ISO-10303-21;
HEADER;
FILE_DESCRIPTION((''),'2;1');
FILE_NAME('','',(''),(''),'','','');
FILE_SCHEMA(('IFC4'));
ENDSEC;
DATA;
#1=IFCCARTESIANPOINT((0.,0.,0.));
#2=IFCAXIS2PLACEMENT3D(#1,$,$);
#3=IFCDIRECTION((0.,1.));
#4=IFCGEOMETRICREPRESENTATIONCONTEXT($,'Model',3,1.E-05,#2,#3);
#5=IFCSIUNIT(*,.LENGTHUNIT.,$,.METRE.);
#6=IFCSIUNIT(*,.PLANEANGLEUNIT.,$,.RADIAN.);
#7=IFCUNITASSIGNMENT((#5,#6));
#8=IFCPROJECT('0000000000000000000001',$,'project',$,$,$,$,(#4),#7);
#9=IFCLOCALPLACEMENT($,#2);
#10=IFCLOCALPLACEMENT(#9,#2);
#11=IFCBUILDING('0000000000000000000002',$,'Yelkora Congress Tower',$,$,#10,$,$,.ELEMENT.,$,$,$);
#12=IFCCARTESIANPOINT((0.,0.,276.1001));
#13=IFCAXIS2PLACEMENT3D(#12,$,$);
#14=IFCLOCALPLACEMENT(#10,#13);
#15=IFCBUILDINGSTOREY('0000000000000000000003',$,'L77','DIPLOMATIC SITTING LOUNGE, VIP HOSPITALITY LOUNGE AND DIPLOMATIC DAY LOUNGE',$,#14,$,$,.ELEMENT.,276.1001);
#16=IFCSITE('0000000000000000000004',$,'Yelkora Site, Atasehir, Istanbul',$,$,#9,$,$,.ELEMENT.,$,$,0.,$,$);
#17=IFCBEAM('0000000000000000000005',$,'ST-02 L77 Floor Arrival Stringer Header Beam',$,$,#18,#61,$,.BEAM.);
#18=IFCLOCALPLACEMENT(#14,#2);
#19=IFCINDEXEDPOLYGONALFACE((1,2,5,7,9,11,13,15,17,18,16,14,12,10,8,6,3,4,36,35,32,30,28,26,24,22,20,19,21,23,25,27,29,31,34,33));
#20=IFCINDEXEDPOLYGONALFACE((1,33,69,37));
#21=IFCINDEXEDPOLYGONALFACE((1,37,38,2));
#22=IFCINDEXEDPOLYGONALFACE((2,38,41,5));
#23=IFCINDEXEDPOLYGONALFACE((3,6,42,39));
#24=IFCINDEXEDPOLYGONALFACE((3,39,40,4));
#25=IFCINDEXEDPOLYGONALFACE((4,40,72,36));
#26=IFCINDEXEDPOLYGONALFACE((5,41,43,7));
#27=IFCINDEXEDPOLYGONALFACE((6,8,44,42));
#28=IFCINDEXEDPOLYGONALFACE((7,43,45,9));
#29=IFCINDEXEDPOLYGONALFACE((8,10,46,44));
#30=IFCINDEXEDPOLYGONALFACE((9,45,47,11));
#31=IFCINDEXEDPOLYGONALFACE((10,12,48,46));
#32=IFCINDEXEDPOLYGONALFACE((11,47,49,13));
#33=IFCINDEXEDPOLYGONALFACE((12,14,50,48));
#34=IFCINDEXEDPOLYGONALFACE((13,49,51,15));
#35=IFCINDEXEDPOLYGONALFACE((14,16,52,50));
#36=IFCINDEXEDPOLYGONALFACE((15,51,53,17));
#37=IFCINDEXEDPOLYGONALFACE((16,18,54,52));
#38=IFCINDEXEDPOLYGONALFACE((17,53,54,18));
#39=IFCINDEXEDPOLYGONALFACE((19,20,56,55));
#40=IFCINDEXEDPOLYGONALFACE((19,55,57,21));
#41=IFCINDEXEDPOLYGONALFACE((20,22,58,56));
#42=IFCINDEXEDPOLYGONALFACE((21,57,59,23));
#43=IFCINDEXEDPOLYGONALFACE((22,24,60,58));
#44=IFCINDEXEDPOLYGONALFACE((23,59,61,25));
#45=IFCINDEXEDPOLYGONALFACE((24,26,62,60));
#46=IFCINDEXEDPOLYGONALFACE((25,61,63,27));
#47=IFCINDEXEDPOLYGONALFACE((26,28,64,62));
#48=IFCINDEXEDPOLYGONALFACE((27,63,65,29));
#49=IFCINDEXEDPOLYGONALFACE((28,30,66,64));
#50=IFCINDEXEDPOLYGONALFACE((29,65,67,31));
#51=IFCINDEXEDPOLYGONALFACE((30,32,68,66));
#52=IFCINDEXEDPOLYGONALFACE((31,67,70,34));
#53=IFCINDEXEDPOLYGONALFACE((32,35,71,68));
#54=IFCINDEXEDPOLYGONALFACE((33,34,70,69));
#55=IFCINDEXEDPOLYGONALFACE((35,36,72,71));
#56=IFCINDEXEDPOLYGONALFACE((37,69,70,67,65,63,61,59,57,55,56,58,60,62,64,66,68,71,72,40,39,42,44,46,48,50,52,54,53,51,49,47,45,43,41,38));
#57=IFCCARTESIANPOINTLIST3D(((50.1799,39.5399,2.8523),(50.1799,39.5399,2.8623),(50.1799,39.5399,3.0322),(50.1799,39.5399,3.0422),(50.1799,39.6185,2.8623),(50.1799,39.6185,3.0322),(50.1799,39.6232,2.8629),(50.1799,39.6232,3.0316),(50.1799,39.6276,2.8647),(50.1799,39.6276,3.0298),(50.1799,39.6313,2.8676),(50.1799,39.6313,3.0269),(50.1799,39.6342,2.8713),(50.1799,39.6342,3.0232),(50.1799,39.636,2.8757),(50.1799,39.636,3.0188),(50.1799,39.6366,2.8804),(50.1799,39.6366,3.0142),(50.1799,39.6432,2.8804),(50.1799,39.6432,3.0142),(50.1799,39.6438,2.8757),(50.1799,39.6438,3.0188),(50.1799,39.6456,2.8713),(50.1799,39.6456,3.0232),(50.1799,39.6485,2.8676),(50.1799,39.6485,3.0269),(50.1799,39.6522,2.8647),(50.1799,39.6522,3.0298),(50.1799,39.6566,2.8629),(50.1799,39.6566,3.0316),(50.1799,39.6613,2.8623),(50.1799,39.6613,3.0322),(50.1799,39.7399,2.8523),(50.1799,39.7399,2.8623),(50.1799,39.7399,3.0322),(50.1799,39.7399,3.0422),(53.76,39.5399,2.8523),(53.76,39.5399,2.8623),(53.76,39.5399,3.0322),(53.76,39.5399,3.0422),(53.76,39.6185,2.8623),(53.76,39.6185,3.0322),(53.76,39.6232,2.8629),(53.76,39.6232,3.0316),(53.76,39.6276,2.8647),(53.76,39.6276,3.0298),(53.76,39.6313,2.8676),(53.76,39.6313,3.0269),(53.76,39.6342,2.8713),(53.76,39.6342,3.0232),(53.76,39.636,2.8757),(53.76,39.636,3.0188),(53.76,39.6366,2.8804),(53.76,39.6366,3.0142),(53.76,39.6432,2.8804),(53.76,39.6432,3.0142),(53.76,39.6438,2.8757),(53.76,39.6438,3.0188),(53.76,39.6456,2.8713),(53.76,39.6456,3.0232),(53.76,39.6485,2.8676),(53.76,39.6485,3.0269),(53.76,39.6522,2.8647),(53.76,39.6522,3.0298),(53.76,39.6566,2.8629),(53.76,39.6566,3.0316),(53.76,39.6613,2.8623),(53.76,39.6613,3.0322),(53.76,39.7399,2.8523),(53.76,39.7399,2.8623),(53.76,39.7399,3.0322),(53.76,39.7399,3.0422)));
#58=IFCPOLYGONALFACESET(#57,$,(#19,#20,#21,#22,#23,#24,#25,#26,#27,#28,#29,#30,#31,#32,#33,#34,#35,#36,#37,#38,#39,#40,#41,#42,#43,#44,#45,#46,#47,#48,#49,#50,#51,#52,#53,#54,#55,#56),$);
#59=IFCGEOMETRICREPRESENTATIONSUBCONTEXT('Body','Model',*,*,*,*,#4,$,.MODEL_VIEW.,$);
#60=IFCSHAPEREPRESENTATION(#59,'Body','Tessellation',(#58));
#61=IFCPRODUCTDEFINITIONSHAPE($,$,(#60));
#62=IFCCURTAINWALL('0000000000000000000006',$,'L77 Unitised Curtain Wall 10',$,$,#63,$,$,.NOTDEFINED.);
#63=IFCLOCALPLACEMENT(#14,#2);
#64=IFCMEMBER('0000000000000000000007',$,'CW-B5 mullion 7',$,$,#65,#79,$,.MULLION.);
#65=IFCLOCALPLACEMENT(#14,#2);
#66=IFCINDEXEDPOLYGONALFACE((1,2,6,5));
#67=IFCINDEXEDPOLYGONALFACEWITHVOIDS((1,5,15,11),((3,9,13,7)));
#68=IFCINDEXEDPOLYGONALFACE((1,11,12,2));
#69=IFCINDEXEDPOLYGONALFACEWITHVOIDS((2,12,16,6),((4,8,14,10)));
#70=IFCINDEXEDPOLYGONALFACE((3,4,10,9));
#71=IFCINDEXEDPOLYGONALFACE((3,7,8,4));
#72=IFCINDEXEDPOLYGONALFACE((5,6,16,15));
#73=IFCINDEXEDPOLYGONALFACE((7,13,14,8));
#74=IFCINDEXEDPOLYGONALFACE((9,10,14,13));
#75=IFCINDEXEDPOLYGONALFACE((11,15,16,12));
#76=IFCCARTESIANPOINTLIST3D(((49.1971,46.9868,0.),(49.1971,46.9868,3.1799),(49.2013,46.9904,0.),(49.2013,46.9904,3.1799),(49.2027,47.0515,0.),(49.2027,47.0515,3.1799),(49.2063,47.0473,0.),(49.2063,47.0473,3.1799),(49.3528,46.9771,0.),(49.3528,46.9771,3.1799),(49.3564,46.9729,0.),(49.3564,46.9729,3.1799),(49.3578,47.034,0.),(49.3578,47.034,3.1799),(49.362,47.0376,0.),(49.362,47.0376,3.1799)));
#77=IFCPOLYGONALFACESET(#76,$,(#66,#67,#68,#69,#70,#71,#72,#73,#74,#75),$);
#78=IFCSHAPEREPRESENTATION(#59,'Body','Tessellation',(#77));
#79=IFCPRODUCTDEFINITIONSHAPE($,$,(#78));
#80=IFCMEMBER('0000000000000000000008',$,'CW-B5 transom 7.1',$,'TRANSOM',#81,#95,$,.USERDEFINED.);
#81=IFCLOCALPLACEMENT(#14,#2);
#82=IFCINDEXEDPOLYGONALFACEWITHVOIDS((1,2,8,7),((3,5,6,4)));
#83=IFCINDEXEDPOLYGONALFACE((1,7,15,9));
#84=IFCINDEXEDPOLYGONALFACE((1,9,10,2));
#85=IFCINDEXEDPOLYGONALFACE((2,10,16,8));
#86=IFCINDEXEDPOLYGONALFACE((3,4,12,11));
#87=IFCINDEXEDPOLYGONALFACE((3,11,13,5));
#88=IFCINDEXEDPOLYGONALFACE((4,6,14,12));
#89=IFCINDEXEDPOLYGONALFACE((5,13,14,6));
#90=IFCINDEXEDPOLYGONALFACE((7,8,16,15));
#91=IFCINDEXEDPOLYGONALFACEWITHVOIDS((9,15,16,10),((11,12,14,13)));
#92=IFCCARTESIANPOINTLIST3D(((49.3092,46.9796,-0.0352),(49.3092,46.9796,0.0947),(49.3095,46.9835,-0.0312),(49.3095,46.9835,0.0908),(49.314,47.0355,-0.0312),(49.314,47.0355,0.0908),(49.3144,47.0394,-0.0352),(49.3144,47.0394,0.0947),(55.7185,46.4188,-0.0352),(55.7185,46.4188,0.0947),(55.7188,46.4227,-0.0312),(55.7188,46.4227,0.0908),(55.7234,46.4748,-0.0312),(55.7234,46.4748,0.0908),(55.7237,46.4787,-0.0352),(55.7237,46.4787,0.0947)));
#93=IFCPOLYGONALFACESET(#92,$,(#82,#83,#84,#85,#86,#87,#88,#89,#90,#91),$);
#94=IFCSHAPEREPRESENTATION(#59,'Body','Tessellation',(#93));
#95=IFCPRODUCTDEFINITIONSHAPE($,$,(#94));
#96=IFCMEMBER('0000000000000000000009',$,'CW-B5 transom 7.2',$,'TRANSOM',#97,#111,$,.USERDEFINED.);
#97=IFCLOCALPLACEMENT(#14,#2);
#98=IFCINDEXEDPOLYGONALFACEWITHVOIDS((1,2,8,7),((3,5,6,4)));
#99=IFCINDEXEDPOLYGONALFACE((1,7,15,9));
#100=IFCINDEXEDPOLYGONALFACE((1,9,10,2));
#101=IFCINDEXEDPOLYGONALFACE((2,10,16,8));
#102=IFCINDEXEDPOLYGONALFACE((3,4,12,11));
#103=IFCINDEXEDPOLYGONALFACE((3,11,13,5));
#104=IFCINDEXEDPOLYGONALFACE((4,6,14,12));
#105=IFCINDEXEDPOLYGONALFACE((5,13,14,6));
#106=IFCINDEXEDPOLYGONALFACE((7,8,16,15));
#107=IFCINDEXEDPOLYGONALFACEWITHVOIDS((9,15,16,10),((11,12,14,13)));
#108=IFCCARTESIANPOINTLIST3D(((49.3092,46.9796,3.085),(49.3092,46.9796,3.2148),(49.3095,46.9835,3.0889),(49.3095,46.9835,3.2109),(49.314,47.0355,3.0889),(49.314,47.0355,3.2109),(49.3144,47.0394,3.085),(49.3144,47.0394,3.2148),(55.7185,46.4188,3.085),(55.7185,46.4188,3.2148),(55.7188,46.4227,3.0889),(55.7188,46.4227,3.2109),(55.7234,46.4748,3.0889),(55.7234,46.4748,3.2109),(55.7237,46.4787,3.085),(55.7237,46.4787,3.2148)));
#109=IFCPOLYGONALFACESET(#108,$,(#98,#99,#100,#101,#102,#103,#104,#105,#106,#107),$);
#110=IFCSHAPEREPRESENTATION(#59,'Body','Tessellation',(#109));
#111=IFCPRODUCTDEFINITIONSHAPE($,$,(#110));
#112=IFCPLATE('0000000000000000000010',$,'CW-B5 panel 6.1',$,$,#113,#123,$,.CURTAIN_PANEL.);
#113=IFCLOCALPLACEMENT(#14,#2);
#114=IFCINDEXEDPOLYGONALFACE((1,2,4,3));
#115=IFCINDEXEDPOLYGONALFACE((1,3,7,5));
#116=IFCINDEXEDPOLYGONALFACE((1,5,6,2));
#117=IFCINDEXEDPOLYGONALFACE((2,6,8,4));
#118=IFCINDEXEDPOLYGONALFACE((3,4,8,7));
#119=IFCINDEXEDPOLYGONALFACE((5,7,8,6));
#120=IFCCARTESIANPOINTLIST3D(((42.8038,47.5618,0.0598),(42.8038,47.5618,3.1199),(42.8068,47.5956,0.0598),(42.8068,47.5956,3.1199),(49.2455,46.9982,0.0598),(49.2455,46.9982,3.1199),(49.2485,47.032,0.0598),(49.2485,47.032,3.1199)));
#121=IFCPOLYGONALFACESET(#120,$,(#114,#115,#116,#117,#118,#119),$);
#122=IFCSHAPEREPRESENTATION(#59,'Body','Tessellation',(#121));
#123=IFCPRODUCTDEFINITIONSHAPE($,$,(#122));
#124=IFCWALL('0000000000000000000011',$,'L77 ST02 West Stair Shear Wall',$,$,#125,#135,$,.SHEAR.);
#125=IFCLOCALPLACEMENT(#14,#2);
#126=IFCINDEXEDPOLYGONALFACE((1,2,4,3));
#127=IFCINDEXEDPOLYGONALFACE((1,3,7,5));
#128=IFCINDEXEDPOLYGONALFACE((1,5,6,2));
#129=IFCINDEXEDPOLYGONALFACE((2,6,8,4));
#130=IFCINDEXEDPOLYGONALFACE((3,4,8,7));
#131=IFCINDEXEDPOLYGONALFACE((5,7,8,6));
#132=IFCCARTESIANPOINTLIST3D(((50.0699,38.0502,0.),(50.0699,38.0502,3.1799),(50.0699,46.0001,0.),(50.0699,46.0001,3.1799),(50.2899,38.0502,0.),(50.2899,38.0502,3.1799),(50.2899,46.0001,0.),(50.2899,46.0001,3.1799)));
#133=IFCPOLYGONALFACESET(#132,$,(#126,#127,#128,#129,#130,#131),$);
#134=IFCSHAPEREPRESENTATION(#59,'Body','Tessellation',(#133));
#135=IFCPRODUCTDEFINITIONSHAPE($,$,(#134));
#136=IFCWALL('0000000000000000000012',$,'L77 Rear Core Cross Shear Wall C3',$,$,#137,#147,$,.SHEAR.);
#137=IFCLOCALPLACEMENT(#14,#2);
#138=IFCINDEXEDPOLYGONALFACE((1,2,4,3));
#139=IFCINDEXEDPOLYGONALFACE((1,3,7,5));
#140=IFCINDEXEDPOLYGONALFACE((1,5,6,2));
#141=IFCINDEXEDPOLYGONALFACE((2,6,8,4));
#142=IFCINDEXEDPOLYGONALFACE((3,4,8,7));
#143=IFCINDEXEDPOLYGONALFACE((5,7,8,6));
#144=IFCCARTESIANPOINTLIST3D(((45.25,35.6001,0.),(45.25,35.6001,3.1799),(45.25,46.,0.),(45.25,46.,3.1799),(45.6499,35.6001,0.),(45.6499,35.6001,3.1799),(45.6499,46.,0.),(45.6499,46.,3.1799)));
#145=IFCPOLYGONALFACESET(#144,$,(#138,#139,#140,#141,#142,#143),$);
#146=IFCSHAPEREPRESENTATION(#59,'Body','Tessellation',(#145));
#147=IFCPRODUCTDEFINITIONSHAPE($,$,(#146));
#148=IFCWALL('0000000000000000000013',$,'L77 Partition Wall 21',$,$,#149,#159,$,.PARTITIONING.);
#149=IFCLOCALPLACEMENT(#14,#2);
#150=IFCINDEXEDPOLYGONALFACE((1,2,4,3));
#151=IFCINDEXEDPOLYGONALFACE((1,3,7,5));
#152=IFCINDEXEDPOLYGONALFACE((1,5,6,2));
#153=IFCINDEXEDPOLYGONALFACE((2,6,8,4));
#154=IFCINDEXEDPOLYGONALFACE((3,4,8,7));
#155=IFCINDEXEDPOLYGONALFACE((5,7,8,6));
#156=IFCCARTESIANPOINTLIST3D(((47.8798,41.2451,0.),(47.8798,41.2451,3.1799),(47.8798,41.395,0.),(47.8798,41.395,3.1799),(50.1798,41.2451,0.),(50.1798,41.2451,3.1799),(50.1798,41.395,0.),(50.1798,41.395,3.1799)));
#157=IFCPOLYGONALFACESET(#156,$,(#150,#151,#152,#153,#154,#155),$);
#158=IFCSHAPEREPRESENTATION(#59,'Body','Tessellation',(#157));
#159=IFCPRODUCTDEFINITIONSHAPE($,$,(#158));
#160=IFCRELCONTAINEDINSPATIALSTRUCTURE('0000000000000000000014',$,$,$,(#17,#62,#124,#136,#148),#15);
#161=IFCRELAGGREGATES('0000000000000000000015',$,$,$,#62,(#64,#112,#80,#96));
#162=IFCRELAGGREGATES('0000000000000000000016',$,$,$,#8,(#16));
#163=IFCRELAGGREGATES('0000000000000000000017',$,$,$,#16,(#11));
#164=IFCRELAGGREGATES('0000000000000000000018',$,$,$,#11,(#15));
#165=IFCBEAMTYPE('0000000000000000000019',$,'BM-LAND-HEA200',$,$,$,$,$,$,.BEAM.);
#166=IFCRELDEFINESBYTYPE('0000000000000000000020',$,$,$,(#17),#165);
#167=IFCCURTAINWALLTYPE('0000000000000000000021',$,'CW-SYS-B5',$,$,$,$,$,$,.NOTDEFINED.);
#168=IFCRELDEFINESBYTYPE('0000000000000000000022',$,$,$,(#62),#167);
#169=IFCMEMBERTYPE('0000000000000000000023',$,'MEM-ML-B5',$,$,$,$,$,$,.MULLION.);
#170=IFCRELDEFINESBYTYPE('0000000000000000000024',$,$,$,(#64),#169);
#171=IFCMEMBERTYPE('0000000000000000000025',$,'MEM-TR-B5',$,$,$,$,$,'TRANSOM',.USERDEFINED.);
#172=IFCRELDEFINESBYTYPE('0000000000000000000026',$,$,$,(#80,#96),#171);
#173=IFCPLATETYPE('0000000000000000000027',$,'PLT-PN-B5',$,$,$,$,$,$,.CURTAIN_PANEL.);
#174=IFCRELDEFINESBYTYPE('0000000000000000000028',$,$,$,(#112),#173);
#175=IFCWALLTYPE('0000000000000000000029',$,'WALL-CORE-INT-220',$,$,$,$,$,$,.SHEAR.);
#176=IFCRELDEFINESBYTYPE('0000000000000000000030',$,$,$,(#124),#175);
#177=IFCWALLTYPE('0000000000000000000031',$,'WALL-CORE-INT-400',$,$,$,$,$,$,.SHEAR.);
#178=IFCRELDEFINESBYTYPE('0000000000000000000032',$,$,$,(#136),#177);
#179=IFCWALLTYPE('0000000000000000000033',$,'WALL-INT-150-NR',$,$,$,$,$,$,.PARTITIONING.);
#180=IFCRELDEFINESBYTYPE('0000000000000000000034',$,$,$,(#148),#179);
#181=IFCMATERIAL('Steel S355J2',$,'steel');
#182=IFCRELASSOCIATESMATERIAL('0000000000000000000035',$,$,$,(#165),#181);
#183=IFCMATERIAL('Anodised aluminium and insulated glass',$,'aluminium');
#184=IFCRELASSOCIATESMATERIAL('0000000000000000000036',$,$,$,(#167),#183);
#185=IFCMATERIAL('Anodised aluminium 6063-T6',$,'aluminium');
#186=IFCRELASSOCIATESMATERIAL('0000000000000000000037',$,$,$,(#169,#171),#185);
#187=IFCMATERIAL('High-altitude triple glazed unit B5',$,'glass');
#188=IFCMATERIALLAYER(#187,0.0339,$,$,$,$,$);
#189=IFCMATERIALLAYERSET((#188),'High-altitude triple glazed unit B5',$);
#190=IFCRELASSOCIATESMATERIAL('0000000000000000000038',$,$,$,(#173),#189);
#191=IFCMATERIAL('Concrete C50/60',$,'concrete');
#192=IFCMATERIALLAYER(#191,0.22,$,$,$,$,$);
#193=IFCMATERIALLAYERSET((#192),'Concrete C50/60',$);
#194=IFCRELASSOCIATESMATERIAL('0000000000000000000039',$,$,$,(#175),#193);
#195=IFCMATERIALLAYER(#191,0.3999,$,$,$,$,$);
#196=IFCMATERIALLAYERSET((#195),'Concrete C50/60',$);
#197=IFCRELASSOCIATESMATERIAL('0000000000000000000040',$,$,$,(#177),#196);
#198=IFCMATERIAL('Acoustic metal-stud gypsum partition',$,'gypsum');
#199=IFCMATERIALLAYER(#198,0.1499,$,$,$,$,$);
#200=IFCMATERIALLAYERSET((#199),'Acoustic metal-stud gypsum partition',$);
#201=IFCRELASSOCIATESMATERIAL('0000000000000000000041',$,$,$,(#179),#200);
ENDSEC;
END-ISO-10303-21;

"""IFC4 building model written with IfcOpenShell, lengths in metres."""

from ifc_helpers import new_model, si_unit, direction, frame, frame_2d, origin, origin_2d, place, context, subcontext, project, spatial, rectangle, hollow_rectangle, i_section, extrude, material, layer, layer_set, material_profile, profile_set, type_object, element, aggregate, save


model = new_model("IFC4")

# Units and contexts
model_context = context("Model", 3, precision=1e-05, world=origin(), true_north=direction((0.0, 1.0)))
body_context = subcontext(model_context, "Body", "Model", "MODEL_VIEW")
ifc_project = project(units=[si_unit("LENGTHUNIT", "METRE"), si_unit("PLANEANGLEUNIT", "RADIAN")], contexts=[model_context])

# Site, building, storey
site_placement = place(None, origin())
site = spatial("IfcSite", under=ifc_project, at=site_placement, Name="Yelkora Site, Atasehir, Istanbul", CompositionType="ELEMENT", RefElevation=0.0)
building_placement = place(site_placement, origin())
building = spatial("IfcBuilding", under=site, at=building_placement, Name="Yelkora Congress Tower", CompositionType="ELEMENT")
storey_placement = place(building_placement, frame((0.0, 0.0, 276.1001)))
storey = spatial("IfcBuildingStorey", under=building, at=storey_placement, Name="L77", Description="DIPLOMATIC SITTING LOUNGE, VIP HOSPITALITY LOUNGE AND DIPLOMATIC DAY LOUNGE", CompositionType="ELEMENT", Elevation=276.1001)

# Beam
ifc_material_1 = material(Name="Steel S355J2", Category="steel")
ifc_material_profile_1 = material_profile(ifc_material_1, i_section(OverallWidth=0.2, OverallDepth=0.1899, WebThickness=0.0066, FlangeThickness=0.01, FilletRadius=0.0181, at=origin_2d()), Name="HEA 200")
ifc_profile_set_1 = profile_set([ifc_material_profile_1], Name="Steel S355J2")
beam_type_1 = type_object("IfcBeamType", Name="BM-LAND-HEA200", PredefinedType="BEAM", material=ifc_profile_set_1)
beam_1_placement = place(storey_placement, frame((50.1799, 39.6399, 2.9473), z_axis=(1.0, 0.0, 0.0), x_axis=(0.0, 1.0, 0.0)))
element("IfcBeam", 1, at=beam_1_placement, inside=storey, type_object=beam_type_1, Name="ST-02 L77 Floor Arrival Stringer Header Beam", PredefinedType="BEAM", context=body_context, shape_type="SweptSolid", body=[
    extrude(i_section(OverallWidth=0.2, OverallDepth=0.1899, WebThickness=0.0066, FlangeThickness=0.01, FilletRadius=0.0181, at=origin_2d()), origin(), (0.0, 0.0, 1.0), 3.5801),
])

# Curtain wall, members, plate
ifc_material_2 = material(Name="Anodised aluminium and insulated glass", Category="aluminium")
curtain_wall_type = type_object("IfcCurtainWallType", Name="CW-SYS-B5", PredefinedType="NOTDEFINED", material=ifc_material_2)
curtain_wall_placement = place(storey_placement, origin())
curtain_wall = element("IfcCurtainWall", 2, at=curtain_wall_placement, inside=storey, type_object=curtain_wall_type, Name="L77 Unitised Curtain Wall 10", PredefinedType="NOTDEFINED")
ifc_material_3 = material(Name="Anodised aluminium 6063-T6", Category="aluminium")
ifc_material_profile_2 = material_profile(ifc_material_3, hollow_rectangle(XDim=0.0649, YDim=0.1599, WallThickness=0.0039, at=origin_2d()), Name="ALU 65x160x4")
ifc_profile_set_2 = profile_set([ifc_material_profile_2], Name="Anodised aluminium 6063-T6")
member_type_1 = type_object("IfcMemberType", Name="MEM-ML-B5", PredefinedType="MULLION", material=ifc_profile_set_2)
member_1_placement = place(storey_placement, frame((49.2795, 47.0122, 0.0), z_axis=(0.0, 0.0, 1.0), x_axis=(0.087157, 0.996195, 0.0)))
member_1 = element("IfcMember", 3, at=member_1_placement, type_object=member_type_1, Name="CW-B5 mullion 7", PredefinedType="MULLION", context=body_context, shape_type="SweptSolid", body=[
    extrude(hollow_rectangle(XDim=0.0649, YDim=0.1599, WallThickness=0.0039, at=origin_2d()), origin(), (0.0, 0.0, 1.0), 3.1799),
])
ifc_material_profile_3 = material_profile(ifc_material_3, hollow_rectangle(XDim=0.0601, YDim=0.1299, WallThickness=0.0039, at=origin_2d()), Name="ALU 60x130x4")
ifc_profile_set_3 = profile_set([ifc_material_profile_3], Name="Anodised aluminium 6063-T6")
member_type_2 = type_object("IfcMemberType", Name="MEM-TR-B5", ElementType="TRANSOM", PredefinedType="USERDEFINED", material=ifc_profile_set_3)
member_2_placement = place(storey_placement, frame((49.3118, 47.0095, 0.0298), z_axis=(0.996194, -0.087162, 0.0), x_axis=(0.087162, 0.996194, 0.0)))
member_2 = element("IfcMember", 4, at=member_2_placement, type_object=member_type_2, Name="CW-B5 transom 7.1", ObjectType="TRANSOM", PredefinedType="USERDEFINED", context=body_context, shape_type="SweptSolid", body=[
    extrude(hollow_rectangle(XDim=0.0601, YDim=0.1299, WallThickness=0.0039, at=origin_2d()), origin(), (0.0, 0.0, 1.0), 6.4338),
])
member_3_placement = place(storey_placement, frame((49.3118, 47.0095, 3.1499), z_axis=(0.996194, -0.087162, 0.0), x_axis=(0.087162, 0.996194, 0.0)))
member_3 = element("IfcMember", 5, at=member_3_placement, type_object=member_type_2, Name="CW-B5 transom 7.2", ObjectType="TRANSOM", PredefinedType="USERDEFINED", context=body_context, shape_type="SweptSolid", body=[
    extrude(hollow_rectangle(XDim=0.0601, YDim=0.1299, WallThickness=0.0039, at=origin_2d()), origin(), (0.0, 0.0, 1.0), 6.4338),
])
ifc_material_4 = material(Name="High-altitude triple glazed unit B5", Category="glass")
ifc_layer_1 = layer(ifc_material_4, 0.0339)
ifc_layer_set_1 = layer_set([ifc_layer_1], Name="High-altitude triple glazed unit B5")
plate_type = type_object("IfcPlateType", Name="PLT-PN-B5", PredefinedType="CURTAIN_PANEL", material=ifc_layer_set_1)
plate_placement = place(storey_placement, frame((46.0261, 47.2969, 0.0598), z_axis=(0.0, 0.0, 1.0), x_axis=(0.996195, -0.087157, 0.0)))
plate = element("IfcPlate", 6, at=plate_placement, type_object=plate_type, Name="CW-B5 panel 6.1", PredefinedType="CURTAIN_PANEL", context=body_context, shape_type="SweptSolid", body=[
    extrude(rectangle(XDim=6.4663, YDim=0.0339, at=origin_2d()), origin(), (0.0, 0.0, 1.0), 3.0601),
])
aggregate(curtain_wall, [member_1, plate, member_2, member_3])

# Walls
ifc_material_5 = material(Name="Concrete C50/60", Category="concrete")
ifc_layer_2 = layer(ifc_material_5, 0.22)
ifc_layer_set_2 = layer_set([ifc_layer_2], Name="Concrete C50/60")
wall_type_1 = type_object("IfcWallType", Name="WALL-CORE-INT-220", PredefinedType="SHEAR", material=ifc_layer_set_2)
wall_1_placement = place(storey_placement, frame((50.1799, 38.05, 0.0), z_axis=(0.0, 0.0, 1.0), x_axis=(0.0, 1.0, 0.0)))
element("IfcWall", 7, at=wall_1_placement, inside=storey, type_object=wall_type_1, Name="L77 ST02 West Stair Shear Wall", PredefinedType="SHEAR", context=body_context, shape_type="SweptSolid", body=[
    extrude(rectangle(XDim=7.95, YDim=0.22, at=frame_2d((3.9751, 0.0))), origin(), (0.0, 0.0, 1.0), 3.1799),
])
ifc_layer_3 = layer(ifc_material_5, 0.3999)
ifc_layer_set_3 = layer_set([ifc_layer_3], Name="Concrete C50/60")
wall_type_2 = type_object("IfcWallType", Name="WALL-CORE-INT-400", PredefinedType="SHEAR", material=ifc_layer_set_3)
wall_2_placement = place(storey_placement, frame((45.45, 35.6001, 0.0), z_axis=(0.0, 0.0, 1.0), x_axis=(0.0, 1.0, 0.0)))
element("IfcWall", 8, at=wall_2_placement, inside=storey, type_object=wall_type_2, Name="L77 Rear Core Cross Shear Wall C3", PredefinedType="SHEAR", context=body_context, shape_type="SweptSolid", body=[
    extrude(rectangle(XDim=10.3999, YDim=0.3999, at=frame_2d((5.2, 0.0))), origin(), (0.0, 0.0, 1.0), 3.1799),
])

# Shared definitions
ifc_material_6 = material(Name="Acoustic metal-stud gypsum partition", Category="gypsum")
ifc_layer_4 = layer(ifc_material_6, 0.1499)
ifc_layer_set_4 = layer_set([ifc_layer_4], Name="Acoustic metal-stud gypsum partition")
wall_type_3 = type_object("IfcWallType", Name="WALL-INT-150-NR", PredefinedType="PARTITIONING", material=ifc_layer_set_4)

# Wall
wall_3_placement = place(storey_placement, frame((47.8799, 41.3201, 0.0), z_axis=(0.0, 0.0, 1.0), x_axis=(1.0, 0.0, 0.0)))
element("IfcWall", 9, at=wall_3_placement, inside=storey, type_object=wall_type_3, Name="L77 Partition Wall 21", PredefinedType="PARTITIONING", context=body_context, shape_type="SweptSolid", body=[
    extrude(rectangle(XDim=2.3, YDim=0.1499, at=frame_2d((1.1499, 0.0))), origin(), (0.0, 0.0, 1.0), 3.1799),
])

save(model, "model.ifc")
